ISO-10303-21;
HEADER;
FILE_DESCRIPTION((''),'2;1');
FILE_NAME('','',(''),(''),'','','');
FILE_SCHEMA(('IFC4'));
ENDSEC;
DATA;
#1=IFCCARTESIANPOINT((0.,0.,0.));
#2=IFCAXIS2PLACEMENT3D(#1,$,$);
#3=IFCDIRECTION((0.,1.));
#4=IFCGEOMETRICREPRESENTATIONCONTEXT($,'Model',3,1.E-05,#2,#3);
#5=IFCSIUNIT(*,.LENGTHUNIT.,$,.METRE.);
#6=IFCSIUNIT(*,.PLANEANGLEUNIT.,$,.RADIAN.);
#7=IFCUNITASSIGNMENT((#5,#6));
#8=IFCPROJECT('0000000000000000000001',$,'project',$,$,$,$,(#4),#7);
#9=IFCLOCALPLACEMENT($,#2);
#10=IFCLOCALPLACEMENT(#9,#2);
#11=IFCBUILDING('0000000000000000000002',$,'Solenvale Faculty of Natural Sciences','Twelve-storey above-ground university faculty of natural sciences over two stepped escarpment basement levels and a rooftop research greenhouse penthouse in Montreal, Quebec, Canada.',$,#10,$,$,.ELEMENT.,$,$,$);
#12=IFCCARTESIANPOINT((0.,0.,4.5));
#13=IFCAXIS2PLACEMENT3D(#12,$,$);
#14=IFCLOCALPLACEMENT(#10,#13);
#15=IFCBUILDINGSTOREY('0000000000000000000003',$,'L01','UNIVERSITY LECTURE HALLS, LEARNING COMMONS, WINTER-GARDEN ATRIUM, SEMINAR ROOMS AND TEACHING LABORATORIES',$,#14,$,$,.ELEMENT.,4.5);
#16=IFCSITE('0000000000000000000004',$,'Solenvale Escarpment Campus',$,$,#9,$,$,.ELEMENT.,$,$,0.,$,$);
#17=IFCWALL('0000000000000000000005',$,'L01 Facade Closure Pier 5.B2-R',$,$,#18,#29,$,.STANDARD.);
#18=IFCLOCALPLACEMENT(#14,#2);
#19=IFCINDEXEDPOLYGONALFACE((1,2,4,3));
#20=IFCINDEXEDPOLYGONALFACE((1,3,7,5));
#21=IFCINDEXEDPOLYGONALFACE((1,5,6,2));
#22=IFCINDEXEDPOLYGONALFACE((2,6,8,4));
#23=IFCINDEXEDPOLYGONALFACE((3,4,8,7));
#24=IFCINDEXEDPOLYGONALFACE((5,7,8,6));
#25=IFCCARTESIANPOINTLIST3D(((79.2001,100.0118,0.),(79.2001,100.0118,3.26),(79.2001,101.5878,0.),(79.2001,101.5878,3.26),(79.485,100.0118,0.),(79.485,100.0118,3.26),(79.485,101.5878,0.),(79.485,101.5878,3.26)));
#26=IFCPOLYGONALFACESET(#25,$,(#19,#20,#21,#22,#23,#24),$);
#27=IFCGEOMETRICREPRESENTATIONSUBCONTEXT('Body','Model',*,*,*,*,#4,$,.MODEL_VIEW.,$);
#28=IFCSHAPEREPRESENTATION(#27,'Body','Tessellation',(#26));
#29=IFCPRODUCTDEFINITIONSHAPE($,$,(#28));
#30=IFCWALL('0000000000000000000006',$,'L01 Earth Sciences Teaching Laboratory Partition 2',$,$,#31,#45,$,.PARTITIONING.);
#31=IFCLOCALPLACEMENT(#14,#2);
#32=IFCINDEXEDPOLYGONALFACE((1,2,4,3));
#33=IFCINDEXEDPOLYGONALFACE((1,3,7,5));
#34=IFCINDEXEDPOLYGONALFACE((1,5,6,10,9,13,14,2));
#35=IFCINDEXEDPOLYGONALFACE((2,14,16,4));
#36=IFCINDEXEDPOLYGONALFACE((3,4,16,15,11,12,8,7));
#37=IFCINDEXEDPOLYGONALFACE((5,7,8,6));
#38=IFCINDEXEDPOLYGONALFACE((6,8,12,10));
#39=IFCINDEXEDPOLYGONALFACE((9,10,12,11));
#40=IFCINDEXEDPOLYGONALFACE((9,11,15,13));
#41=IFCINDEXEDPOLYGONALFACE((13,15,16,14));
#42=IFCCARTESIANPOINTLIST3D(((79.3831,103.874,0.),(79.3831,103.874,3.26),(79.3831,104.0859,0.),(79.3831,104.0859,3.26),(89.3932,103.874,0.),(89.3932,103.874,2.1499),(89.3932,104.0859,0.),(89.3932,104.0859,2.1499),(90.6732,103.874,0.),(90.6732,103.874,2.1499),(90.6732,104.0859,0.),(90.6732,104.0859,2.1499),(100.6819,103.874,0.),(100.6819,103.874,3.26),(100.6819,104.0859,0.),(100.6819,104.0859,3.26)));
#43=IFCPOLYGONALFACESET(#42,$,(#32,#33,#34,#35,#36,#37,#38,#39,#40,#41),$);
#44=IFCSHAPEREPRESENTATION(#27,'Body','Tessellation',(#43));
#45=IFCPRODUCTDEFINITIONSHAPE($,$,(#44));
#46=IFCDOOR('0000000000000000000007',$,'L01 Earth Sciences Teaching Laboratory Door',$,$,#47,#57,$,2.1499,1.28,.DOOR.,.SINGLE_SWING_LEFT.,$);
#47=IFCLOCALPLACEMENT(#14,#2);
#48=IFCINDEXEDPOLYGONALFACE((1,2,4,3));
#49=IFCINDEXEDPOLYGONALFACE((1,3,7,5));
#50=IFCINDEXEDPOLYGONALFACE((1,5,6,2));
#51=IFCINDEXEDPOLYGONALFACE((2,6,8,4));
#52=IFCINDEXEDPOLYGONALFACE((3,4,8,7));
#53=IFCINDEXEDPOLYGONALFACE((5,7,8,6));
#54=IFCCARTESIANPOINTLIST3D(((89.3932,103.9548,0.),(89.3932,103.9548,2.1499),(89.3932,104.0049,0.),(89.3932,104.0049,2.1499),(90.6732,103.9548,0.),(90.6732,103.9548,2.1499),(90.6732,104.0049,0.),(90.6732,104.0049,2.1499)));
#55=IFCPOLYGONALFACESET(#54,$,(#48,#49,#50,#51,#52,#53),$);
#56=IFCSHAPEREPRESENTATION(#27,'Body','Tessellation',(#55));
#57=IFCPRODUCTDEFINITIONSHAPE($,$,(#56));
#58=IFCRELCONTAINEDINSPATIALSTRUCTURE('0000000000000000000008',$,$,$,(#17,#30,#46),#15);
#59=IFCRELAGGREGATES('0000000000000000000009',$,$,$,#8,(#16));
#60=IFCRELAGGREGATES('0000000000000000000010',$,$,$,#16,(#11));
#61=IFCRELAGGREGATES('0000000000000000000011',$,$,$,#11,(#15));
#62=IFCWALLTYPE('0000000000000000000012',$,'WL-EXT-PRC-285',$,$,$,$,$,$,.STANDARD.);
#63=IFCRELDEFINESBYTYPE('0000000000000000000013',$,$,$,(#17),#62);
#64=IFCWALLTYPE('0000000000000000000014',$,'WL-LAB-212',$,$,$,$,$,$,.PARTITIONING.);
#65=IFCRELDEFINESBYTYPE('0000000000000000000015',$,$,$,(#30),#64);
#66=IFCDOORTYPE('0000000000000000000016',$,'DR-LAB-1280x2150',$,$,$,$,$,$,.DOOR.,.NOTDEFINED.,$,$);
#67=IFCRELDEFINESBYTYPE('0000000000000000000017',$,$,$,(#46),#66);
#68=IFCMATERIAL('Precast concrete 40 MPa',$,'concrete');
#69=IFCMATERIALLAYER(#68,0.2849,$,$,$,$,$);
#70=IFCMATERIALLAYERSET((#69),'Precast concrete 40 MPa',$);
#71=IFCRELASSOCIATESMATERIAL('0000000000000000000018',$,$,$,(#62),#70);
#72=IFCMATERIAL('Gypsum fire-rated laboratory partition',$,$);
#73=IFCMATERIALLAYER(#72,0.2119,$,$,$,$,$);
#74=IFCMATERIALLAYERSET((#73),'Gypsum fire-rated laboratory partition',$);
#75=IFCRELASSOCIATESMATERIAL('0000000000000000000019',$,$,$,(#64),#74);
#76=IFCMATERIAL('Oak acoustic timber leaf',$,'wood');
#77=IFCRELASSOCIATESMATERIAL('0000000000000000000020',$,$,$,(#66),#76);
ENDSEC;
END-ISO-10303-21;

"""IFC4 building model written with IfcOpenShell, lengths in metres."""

from ifc_helpers import new_model, si_unit, direction, frame, frame_2d, origin, place, context, subcontext, project, spatial, rectangle, extrude, material, layer, layer_set, type_object, element, fill, save


model = new_model("IFC4")

# Units and contexts
model_context = context("Model", 3, precision=1e-05, world=origin(), true_north=direction((0.0, 1.0)))
body_context = subcontext(model_context, "Body", "Model", "MODEL_VIEW")
ifc_project = project(units=[si_unit("LENGTHUNIT", "METRE"), si_unit("PLANEANGLEUNIT", "RADIAN")], contexts=[model_context])

# Site, building, storey
site_placement = place(None, origin())
site = spatial("IfcSite", under=ifc_project, at=site_placement, Name="Solenvale Escarpment Campus", CompositionType="ELEMENT", RefElevation=0.0)
building_placement = place(site_placement, origin())
building = spatial("IfcBuilding", under=site, at=building_placement, Name="Solenvale Faculty of Natural Sciences", Description="Twelve-storey above-ground university faculty of natural sciences over two stepped escarpment basement levels and a rooftop research greenhouse penthouse in Montreal, Quebec, Canada.", CompositionType="ELEMENT")
storey_placement = place(building_placement, frame((0.0, 0.0, 4.5)))
storey = spatial("IfcBuildingStorey", under=building, at=storey_placement, Name="L01", Description="UNIVERSITY LECTURE HALLS, LEARNING COMMONS, WINTER-GARDEN ATRIUM, SEMINAR ROOMS AND TEACHING LABORATORIES", CompositionType="ELEMENT", Elevation=4.5)

# Wall
ifc_material_1 = material(Name="Precast concrete 40 MPa", Category="concrete")
ifc_layer_1 = layer(ifc_material_1, 0.2849)
ifc_layer_set_1 = layer_set([ifc_layer_1], Name="Precast concrete 40 MPa")
wall_type_1 = type_object("IfcWallType", Name="WL-EXT-PRC-285", PredefinedType="STANDARD", material=ifc_layer_set_1)
wall_1_placement = place(storey_placement, frame((79.3425, 101.5879, 0.0), z_axis=(0.0, 0.0, 1.0), x_axis=(0.0, -1.0, 0.0)))
element("IfcWall", 1, at=wall_1_placement, inside=storey, type_object=wall_type_1, Name="L01 Facade Closure Pier 5.B2-R", PredefinedType="STANDARD", context=body_context, shape_type="SweptSolid", body=[
    extrude(rectangle(XDim=1.5759, YDim=0.2849, at=frame_2d((0.7881, 0.0))), origin(), (0.0, 0.0, 1.0), 3.26),
])

# Wall, opening, door
ifc_material_2 = material(Name="Gypsum fire-rated laboratory partition")
ifc_layer_2 = layer(ifc_material_2, 0.2119)
ifc_layer_set_2 = layer_set([ifc_layer_2], Name="Gypsum fire-rated laboratory partition")
wall_type_2 = type_object("IfcWallType", Name="WL-LAB-212", PredefinedType="PARTITIONING", material=ifc_layer_set_2)
wall_2_placement = place(storey_placement, frame((79.3831, 103.98, 0.0), z_axis=(0.0, 0.0, 1.0), x_axis=(1.0, 0.0, 0.0)))
wall_2 = element("IfcWall", 2, at=wall_2_placement, inside=storey, type_object=wall_type_2, Name="L01 Earth Sciences Teaching Laboratory Partition 2", PredefinedType="PARTITIONING", context=body_context, shape_type="SweptSolid", body=[
    extrude(rectangle(XDim=21.2988, YDim=0.2119, at=frame_2d((10.6494, 0.0))), origin(), (0.0, 0.0, 1.0), 3.26),
])
opening_placement = place(wall_2_placement, frame((10.01, 0.0, 0.0)))
opening = element("IfcOpeningElement", 3, at=opening_placement, cuts=wall_2, PredefinedType="OPENING", context=body_context, shape_type="SweptSolid", body=[
    extrude(rectangle(XDim=1.28, YDim=2.1499, at=frame_2d((0.6401, 1.075))), frame((0.0, 0.116, 0.0), z_axis=(0.0, -1.0, 0.0), x_axis=(1.0, 0.0, 0.0)), (0.0, 0.0, 1.0), 0.2319),
])
ifc_material_3 = material(Name="Oak acoustic timber leaf", Category="wood")
door_type = type_object("IfcDoorType", Name="DR-LAB-1280x2150", OperationType="NOTDEFINED", PredefinedType="DOOR", material=ifc_material_3)
door_placement = place(opening_placement, origin())
door = element("IfcDoor", 4, at=door_placement, inside=storey, type_object=door_type, Name="L01 Earth Sciences Teaching Laboratory Door", OperationType="SINGLE_SWING_LEFT", OverallHeight=2.1499, OverallWidth=1.28, PredefinedType="DOOR", context=body_context, shape_type="SweptSolid", body=[
    extrude(rectangle(XDim=1.28, YDim=2.1499, at=frame_2d((0.6401, 1.075))), frame((0.0, 0.0249, 0.0), z_axis=(0.0, -1.0, 0.0), x_axis=(1.0, 0.0, 0.0)), (0.0, 0.0, 1.0), 0.05),
])
fill(opening, door)

save(model, "model.ifc")
